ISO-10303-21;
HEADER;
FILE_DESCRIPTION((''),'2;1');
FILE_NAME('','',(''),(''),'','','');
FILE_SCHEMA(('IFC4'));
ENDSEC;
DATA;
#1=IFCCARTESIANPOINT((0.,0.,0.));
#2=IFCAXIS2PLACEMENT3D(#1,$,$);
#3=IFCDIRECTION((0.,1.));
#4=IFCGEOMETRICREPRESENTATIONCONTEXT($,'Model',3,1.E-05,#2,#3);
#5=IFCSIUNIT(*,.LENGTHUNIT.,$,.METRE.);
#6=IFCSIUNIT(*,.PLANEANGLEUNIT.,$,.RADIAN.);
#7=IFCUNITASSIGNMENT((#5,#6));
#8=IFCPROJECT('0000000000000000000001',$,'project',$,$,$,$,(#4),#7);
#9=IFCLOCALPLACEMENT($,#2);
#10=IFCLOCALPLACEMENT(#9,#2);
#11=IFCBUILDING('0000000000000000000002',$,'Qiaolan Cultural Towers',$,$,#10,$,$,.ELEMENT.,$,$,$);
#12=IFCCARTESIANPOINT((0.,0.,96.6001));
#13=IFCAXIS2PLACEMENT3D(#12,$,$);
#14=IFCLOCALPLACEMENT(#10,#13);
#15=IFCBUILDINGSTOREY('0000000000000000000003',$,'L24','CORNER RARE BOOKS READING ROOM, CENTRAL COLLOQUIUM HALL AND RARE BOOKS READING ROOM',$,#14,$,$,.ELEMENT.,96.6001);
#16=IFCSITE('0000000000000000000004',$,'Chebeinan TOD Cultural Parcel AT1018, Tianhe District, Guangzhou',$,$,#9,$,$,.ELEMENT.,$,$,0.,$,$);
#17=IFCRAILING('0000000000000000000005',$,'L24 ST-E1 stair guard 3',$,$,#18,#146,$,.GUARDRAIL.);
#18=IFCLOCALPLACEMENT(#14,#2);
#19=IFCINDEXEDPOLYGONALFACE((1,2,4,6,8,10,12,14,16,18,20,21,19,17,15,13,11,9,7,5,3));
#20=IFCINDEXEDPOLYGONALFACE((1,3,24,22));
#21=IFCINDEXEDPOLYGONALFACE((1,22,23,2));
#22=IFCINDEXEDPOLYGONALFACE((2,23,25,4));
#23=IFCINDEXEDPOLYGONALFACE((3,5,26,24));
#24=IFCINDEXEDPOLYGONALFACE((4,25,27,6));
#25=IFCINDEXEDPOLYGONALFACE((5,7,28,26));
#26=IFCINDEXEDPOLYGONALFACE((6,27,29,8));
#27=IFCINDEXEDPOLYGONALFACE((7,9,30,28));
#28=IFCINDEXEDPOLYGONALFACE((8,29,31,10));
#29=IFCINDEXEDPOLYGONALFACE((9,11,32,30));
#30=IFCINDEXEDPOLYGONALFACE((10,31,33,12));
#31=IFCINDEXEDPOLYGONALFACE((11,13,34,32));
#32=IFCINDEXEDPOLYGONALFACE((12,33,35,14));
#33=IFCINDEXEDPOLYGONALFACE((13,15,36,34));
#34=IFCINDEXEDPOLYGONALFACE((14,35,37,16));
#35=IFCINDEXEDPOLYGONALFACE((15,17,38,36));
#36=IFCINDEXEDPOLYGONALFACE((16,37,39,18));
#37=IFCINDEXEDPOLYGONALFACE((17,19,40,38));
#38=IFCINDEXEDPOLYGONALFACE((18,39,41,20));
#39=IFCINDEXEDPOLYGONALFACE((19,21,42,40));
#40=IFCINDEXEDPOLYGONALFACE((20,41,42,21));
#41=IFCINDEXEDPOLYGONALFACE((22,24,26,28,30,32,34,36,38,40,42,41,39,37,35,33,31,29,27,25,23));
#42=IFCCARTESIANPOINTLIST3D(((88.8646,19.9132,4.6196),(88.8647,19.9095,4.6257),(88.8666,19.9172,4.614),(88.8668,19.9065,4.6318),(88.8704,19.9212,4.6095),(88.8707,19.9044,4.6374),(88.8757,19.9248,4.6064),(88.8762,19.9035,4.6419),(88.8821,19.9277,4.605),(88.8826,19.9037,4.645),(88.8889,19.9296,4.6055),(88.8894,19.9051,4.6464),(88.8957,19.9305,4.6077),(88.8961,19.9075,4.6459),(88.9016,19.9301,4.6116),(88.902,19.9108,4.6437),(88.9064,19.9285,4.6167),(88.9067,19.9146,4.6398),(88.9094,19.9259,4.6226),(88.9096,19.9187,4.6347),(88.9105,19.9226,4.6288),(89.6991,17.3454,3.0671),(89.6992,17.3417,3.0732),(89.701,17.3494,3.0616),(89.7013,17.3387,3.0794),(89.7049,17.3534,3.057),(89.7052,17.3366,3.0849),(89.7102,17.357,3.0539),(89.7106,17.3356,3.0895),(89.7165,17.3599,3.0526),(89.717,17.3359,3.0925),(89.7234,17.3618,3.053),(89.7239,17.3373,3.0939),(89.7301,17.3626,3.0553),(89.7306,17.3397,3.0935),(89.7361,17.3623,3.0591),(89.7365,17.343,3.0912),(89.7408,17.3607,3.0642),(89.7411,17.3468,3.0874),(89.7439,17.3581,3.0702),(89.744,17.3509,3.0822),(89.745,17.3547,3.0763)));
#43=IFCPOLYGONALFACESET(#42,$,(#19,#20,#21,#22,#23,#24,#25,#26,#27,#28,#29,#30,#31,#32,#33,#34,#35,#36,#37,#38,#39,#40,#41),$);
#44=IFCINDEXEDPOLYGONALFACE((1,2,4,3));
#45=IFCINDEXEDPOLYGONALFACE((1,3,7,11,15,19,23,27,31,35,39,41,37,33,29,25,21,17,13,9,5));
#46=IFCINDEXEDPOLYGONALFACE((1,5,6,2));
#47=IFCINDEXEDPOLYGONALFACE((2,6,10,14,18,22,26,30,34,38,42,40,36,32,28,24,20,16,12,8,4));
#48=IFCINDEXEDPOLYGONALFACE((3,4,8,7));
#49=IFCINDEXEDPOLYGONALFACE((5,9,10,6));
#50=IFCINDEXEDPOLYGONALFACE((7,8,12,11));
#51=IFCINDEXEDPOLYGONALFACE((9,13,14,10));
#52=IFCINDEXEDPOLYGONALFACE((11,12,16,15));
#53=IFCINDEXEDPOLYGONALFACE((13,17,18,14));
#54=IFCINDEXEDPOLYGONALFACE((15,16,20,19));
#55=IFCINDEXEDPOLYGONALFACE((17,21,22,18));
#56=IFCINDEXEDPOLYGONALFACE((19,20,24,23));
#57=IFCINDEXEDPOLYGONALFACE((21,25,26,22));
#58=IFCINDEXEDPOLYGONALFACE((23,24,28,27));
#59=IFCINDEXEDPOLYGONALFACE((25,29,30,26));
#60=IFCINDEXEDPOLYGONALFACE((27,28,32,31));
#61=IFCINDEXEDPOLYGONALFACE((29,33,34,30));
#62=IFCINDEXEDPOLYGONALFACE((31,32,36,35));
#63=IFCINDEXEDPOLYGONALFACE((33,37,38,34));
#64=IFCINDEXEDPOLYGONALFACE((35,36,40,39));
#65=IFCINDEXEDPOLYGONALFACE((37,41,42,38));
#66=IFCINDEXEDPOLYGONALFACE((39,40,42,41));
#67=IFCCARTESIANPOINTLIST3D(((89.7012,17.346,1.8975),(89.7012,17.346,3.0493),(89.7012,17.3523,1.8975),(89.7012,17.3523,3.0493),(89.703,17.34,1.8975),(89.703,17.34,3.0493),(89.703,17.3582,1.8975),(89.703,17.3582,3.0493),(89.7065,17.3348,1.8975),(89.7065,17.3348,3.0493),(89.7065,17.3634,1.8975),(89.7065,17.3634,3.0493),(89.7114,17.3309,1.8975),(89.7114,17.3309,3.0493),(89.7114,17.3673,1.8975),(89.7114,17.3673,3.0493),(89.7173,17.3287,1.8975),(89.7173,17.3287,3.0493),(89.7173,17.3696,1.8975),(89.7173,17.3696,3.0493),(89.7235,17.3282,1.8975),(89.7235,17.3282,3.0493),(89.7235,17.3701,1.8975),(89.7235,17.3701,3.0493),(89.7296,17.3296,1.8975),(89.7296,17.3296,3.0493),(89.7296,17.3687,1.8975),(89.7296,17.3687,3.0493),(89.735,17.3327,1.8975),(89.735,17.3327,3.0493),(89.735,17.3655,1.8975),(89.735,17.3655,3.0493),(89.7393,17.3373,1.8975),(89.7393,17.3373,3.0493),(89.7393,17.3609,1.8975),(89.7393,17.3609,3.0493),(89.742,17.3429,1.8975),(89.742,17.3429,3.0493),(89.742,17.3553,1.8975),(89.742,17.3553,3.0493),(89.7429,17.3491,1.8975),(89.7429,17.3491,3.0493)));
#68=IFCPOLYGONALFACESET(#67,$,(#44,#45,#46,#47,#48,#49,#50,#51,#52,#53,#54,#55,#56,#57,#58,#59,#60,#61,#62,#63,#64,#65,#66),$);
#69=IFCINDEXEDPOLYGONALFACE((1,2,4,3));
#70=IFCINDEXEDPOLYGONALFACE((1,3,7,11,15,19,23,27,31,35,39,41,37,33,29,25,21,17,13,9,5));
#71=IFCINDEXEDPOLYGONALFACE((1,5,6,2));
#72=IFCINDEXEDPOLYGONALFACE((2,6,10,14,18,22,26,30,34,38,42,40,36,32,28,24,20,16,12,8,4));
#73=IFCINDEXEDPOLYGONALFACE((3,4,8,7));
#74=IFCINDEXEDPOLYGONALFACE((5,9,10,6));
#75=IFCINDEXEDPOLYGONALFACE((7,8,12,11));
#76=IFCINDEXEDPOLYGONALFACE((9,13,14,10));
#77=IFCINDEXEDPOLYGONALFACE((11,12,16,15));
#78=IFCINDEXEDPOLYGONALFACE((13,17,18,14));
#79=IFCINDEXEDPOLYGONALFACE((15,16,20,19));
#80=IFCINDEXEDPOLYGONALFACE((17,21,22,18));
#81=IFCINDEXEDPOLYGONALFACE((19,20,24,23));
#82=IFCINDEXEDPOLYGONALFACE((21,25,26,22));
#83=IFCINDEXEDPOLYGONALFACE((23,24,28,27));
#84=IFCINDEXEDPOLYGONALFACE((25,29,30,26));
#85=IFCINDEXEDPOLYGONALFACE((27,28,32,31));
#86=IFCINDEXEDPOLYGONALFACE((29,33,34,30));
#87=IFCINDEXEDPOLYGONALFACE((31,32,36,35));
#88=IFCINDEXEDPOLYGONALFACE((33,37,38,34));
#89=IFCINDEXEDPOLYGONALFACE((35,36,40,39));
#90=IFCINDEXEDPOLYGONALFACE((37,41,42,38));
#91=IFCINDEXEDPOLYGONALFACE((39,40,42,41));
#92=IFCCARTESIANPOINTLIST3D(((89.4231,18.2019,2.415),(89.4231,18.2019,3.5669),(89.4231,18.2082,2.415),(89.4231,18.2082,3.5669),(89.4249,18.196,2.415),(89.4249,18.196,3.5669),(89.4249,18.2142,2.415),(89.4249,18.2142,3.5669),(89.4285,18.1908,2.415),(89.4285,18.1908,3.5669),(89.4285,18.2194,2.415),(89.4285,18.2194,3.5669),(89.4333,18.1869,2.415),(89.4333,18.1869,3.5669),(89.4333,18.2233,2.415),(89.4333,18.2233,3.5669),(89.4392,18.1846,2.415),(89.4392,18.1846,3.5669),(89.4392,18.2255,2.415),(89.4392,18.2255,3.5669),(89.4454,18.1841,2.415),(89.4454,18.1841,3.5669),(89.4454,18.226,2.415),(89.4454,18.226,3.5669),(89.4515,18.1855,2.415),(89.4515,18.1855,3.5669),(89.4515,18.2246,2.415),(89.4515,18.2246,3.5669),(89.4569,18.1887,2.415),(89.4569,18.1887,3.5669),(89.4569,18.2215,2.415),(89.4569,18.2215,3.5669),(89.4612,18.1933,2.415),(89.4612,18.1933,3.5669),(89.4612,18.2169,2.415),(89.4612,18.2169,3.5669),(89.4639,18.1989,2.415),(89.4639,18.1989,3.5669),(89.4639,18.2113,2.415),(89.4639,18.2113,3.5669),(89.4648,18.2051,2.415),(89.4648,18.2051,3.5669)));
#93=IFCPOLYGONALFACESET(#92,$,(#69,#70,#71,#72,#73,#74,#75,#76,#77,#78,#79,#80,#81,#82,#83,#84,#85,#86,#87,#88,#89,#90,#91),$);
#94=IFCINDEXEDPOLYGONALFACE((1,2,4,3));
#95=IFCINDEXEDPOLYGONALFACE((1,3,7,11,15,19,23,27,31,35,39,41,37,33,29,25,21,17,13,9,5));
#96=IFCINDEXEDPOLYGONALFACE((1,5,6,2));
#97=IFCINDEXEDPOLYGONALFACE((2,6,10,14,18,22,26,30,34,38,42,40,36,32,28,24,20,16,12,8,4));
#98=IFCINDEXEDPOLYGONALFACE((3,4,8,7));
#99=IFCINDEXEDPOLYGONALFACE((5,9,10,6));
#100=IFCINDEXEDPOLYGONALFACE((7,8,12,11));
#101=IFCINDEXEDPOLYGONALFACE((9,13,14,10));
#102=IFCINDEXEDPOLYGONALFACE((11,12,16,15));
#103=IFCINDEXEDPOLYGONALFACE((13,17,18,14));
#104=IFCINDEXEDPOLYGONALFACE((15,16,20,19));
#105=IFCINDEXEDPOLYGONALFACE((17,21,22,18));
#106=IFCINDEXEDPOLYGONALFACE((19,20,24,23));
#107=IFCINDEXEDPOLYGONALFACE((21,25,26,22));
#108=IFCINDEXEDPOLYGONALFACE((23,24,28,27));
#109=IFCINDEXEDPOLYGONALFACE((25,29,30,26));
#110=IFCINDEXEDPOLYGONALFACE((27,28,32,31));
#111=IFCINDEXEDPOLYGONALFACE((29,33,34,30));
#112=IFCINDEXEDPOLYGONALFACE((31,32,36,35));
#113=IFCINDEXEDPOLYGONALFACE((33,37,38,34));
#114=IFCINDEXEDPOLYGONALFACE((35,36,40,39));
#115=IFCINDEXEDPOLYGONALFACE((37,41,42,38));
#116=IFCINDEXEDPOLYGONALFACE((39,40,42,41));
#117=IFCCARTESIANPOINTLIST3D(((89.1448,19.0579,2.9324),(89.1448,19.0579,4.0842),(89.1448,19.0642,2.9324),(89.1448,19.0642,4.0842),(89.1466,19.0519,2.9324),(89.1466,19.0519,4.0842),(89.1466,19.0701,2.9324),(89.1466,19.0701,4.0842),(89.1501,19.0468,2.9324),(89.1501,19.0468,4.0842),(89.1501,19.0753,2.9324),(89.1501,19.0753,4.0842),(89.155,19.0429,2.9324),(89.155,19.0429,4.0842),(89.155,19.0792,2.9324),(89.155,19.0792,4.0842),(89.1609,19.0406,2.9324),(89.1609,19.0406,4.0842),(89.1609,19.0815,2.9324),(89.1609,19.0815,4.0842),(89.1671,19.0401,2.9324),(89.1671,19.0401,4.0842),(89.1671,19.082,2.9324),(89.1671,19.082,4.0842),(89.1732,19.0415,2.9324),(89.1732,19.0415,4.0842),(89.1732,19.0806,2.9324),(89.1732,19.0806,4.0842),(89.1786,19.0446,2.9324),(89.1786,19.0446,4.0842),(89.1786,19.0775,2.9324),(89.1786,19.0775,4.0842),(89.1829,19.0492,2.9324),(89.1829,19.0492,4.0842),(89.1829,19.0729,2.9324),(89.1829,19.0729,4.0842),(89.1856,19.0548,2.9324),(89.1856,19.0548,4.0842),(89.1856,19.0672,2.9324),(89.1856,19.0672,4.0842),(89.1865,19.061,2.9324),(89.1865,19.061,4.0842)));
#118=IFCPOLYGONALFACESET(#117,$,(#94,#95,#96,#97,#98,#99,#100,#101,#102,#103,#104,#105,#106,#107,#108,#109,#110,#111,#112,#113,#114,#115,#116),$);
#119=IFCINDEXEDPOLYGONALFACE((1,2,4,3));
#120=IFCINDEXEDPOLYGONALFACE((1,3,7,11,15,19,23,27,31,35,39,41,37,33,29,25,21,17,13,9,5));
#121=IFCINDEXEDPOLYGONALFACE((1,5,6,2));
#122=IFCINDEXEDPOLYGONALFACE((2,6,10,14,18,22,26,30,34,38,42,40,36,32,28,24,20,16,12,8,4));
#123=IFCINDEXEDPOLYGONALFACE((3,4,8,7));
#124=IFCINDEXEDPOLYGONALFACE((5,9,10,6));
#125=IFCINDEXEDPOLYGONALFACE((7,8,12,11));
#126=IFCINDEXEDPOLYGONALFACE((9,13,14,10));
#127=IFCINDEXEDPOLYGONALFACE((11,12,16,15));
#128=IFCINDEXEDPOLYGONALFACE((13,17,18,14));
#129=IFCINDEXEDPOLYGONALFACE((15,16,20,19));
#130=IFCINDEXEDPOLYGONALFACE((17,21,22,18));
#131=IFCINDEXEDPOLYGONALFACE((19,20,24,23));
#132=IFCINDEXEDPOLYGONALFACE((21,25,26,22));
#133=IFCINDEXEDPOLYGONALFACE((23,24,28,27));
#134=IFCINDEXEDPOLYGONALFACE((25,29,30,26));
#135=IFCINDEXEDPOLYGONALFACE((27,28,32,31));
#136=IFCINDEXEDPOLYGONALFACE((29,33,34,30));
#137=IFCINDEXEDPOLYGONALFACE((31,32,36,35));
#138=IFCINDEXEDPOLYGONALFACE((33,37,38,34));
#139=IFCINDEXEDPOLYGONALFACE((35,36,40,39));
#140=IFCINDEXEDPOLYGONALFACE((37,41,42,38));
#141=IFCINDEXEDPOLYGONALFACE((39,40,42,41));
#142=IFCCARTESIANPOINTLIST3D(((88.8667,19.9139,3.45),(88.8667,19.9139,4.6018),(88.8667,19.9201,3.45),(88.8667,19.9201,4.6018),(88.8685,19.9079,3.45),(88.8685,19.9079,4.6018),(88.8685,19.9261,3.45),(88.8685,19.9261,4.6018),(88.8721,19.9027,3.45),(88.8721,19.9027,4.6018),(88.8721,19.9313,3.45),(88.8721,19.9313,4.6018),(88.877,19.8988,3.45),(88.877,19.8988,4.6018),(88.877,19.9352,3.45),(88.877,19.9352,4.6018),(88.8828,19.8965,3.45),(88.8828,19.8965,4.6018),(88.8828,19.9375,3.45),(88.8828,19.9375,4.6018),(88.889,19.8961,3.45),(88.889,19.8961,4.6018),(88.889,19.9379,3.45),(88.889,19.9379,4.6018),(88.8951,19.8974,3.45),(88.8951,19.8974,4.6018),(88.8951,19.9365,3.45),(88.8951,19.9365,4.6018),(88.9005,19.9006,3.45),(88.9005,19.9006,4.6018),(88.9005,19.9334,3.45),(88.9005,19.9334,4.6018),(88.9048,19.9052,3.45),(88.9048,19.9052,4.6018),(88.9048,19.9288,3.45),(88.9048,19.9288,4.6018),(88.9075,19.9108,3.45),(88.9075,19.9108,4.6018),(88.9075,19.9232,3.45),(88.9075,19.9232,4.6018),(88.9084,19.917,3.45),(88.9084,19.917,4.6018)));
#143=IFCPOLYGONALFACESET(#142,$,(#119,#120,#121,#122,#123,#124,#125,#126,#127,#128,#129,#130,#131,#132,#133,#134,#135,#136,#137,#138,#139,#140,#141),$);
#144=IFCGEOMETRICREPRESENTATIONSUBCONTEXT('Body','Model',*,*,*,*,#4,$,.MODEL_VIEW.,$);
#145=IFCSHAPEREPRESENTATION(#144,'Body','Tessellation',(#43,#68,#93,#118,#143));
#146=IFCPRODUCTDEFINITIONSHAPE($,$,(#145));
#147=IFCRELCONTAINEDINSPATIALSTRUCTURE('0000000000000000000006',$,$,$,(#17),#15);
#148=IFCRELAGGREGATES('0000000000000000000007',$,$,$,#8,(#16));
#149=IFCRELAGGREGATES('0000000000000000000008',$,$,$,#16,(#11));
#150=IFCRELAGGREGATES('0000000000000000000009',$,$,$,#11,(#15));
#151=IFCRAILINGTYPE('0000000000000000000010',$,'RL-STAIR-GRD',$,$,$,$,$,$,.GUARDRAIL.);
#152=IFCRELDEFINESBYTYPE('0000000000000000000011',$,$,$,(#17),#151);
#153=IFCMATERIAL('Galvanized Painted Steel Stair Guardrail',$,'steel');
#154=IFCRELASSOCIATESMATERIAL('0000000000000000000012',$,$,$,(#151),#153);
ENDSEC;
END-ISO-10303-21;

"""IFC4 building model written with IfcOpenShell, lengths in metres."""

from ifc_helpers import new_model, si_unit, direction, frame, origin, origin_2d, place, context, subcontext, project, spatial, circle, extrude, material, type_object, element, save


model = new_model("IFC4")

# Units and contexts
model_context = context("Model", 3, precision=1e-05, world=origin(), true_north=direction((0.0, 1.0)))
body_context = subcontext(model_context, "Body", "Model", "MODEL_VIEW")
ifc_project = project(units=[si_unit("LENGTHUNIT", "METRE"), si_unit("PLANEANGLEUNIT", "RADIAN")], contexts=[model_context])

# Site, building, storey
site_placement = place(None, origin())
site = spatial("IfcSite", under=ifc_project, at=site_placement, Name="Chebeinan TOD Cultural Parcel AT1018, Tianhe District, Guangzhou", CompositionType="ELEMENT", RefElevation=0.0)
building_placement = place(site_placement, origin())
building = spatial("IfcBuilding", under=site, at=building_placement, Name="Qiaolan Cultural Towers", CompositionType="ELEMENT")
storey_placement = place(building_placement, frame((0.0, 0.0, 96.6001)))
storey = spatial("IfcBuildingStorey", under=building, at=storey_placement, Name="L24", Description="CORNER RARE BOOKS READING ROOM, CENTRAL COLLOQUIUM HALL AND RARE BOOKS READING ROOM", CompositionType="ELEMENT", Elevation=96.6001)

# Railing
ifc_material_1 = material(Name="Galvanized Painted Steel Stair Guardrail", Category="steel")
railing_type_1 = type_object("IfcRailingType", Name="RL-STAIR-GRD", PredefinedType="GUARDRAIL", material=ifc_material_1)
railing_1_placement = place(storey_placement, frame((89.7219, 17.3491, 1.8975)))
element("IfcRailing", 1, at=railing_1_placement, inside=storey, type_object=railing_type_1, Name="L24 ST-E1 stair guard 3", PredefinedType="GUARDRAIL", context=body_context, shape_type="SweptSolid", body=[
    extrude(circle(Radius=0.0239, at=origin_2d()), frame((0.0, 0.0, 1.1758), z_axis=(-0.267926, 0.824471, 0.498461), x_axis=(-0.951043, -0.309057, 0.0)), (0.0, 0.0, 1.0), 3.1145),
    extrude(circle(Radius=0.021, at=origin_2d()), origin(), (0.0, 0.0, 1.0), 1.1519),
    extrude(circle(Radius=0.021, at=origin_2d()), frame((-0.2781, 0.856, 0.5176)), (0.0, 0.0, 1.0), 1.1519),
    extrude(circle(Radius=0.021, at=origin_2d()), frame((-0.5564, 1.7119, 1.0349)), (0.0, 0.0, 1.0), 1.1519),
    extrude(circle(Radius=0.021, at=origin_2d()), frame((-0.8345, 2.5679, 1.5525)), (0.0, 0.0, 1.0), 1.1519),
])

save(model, "model.ifc")
